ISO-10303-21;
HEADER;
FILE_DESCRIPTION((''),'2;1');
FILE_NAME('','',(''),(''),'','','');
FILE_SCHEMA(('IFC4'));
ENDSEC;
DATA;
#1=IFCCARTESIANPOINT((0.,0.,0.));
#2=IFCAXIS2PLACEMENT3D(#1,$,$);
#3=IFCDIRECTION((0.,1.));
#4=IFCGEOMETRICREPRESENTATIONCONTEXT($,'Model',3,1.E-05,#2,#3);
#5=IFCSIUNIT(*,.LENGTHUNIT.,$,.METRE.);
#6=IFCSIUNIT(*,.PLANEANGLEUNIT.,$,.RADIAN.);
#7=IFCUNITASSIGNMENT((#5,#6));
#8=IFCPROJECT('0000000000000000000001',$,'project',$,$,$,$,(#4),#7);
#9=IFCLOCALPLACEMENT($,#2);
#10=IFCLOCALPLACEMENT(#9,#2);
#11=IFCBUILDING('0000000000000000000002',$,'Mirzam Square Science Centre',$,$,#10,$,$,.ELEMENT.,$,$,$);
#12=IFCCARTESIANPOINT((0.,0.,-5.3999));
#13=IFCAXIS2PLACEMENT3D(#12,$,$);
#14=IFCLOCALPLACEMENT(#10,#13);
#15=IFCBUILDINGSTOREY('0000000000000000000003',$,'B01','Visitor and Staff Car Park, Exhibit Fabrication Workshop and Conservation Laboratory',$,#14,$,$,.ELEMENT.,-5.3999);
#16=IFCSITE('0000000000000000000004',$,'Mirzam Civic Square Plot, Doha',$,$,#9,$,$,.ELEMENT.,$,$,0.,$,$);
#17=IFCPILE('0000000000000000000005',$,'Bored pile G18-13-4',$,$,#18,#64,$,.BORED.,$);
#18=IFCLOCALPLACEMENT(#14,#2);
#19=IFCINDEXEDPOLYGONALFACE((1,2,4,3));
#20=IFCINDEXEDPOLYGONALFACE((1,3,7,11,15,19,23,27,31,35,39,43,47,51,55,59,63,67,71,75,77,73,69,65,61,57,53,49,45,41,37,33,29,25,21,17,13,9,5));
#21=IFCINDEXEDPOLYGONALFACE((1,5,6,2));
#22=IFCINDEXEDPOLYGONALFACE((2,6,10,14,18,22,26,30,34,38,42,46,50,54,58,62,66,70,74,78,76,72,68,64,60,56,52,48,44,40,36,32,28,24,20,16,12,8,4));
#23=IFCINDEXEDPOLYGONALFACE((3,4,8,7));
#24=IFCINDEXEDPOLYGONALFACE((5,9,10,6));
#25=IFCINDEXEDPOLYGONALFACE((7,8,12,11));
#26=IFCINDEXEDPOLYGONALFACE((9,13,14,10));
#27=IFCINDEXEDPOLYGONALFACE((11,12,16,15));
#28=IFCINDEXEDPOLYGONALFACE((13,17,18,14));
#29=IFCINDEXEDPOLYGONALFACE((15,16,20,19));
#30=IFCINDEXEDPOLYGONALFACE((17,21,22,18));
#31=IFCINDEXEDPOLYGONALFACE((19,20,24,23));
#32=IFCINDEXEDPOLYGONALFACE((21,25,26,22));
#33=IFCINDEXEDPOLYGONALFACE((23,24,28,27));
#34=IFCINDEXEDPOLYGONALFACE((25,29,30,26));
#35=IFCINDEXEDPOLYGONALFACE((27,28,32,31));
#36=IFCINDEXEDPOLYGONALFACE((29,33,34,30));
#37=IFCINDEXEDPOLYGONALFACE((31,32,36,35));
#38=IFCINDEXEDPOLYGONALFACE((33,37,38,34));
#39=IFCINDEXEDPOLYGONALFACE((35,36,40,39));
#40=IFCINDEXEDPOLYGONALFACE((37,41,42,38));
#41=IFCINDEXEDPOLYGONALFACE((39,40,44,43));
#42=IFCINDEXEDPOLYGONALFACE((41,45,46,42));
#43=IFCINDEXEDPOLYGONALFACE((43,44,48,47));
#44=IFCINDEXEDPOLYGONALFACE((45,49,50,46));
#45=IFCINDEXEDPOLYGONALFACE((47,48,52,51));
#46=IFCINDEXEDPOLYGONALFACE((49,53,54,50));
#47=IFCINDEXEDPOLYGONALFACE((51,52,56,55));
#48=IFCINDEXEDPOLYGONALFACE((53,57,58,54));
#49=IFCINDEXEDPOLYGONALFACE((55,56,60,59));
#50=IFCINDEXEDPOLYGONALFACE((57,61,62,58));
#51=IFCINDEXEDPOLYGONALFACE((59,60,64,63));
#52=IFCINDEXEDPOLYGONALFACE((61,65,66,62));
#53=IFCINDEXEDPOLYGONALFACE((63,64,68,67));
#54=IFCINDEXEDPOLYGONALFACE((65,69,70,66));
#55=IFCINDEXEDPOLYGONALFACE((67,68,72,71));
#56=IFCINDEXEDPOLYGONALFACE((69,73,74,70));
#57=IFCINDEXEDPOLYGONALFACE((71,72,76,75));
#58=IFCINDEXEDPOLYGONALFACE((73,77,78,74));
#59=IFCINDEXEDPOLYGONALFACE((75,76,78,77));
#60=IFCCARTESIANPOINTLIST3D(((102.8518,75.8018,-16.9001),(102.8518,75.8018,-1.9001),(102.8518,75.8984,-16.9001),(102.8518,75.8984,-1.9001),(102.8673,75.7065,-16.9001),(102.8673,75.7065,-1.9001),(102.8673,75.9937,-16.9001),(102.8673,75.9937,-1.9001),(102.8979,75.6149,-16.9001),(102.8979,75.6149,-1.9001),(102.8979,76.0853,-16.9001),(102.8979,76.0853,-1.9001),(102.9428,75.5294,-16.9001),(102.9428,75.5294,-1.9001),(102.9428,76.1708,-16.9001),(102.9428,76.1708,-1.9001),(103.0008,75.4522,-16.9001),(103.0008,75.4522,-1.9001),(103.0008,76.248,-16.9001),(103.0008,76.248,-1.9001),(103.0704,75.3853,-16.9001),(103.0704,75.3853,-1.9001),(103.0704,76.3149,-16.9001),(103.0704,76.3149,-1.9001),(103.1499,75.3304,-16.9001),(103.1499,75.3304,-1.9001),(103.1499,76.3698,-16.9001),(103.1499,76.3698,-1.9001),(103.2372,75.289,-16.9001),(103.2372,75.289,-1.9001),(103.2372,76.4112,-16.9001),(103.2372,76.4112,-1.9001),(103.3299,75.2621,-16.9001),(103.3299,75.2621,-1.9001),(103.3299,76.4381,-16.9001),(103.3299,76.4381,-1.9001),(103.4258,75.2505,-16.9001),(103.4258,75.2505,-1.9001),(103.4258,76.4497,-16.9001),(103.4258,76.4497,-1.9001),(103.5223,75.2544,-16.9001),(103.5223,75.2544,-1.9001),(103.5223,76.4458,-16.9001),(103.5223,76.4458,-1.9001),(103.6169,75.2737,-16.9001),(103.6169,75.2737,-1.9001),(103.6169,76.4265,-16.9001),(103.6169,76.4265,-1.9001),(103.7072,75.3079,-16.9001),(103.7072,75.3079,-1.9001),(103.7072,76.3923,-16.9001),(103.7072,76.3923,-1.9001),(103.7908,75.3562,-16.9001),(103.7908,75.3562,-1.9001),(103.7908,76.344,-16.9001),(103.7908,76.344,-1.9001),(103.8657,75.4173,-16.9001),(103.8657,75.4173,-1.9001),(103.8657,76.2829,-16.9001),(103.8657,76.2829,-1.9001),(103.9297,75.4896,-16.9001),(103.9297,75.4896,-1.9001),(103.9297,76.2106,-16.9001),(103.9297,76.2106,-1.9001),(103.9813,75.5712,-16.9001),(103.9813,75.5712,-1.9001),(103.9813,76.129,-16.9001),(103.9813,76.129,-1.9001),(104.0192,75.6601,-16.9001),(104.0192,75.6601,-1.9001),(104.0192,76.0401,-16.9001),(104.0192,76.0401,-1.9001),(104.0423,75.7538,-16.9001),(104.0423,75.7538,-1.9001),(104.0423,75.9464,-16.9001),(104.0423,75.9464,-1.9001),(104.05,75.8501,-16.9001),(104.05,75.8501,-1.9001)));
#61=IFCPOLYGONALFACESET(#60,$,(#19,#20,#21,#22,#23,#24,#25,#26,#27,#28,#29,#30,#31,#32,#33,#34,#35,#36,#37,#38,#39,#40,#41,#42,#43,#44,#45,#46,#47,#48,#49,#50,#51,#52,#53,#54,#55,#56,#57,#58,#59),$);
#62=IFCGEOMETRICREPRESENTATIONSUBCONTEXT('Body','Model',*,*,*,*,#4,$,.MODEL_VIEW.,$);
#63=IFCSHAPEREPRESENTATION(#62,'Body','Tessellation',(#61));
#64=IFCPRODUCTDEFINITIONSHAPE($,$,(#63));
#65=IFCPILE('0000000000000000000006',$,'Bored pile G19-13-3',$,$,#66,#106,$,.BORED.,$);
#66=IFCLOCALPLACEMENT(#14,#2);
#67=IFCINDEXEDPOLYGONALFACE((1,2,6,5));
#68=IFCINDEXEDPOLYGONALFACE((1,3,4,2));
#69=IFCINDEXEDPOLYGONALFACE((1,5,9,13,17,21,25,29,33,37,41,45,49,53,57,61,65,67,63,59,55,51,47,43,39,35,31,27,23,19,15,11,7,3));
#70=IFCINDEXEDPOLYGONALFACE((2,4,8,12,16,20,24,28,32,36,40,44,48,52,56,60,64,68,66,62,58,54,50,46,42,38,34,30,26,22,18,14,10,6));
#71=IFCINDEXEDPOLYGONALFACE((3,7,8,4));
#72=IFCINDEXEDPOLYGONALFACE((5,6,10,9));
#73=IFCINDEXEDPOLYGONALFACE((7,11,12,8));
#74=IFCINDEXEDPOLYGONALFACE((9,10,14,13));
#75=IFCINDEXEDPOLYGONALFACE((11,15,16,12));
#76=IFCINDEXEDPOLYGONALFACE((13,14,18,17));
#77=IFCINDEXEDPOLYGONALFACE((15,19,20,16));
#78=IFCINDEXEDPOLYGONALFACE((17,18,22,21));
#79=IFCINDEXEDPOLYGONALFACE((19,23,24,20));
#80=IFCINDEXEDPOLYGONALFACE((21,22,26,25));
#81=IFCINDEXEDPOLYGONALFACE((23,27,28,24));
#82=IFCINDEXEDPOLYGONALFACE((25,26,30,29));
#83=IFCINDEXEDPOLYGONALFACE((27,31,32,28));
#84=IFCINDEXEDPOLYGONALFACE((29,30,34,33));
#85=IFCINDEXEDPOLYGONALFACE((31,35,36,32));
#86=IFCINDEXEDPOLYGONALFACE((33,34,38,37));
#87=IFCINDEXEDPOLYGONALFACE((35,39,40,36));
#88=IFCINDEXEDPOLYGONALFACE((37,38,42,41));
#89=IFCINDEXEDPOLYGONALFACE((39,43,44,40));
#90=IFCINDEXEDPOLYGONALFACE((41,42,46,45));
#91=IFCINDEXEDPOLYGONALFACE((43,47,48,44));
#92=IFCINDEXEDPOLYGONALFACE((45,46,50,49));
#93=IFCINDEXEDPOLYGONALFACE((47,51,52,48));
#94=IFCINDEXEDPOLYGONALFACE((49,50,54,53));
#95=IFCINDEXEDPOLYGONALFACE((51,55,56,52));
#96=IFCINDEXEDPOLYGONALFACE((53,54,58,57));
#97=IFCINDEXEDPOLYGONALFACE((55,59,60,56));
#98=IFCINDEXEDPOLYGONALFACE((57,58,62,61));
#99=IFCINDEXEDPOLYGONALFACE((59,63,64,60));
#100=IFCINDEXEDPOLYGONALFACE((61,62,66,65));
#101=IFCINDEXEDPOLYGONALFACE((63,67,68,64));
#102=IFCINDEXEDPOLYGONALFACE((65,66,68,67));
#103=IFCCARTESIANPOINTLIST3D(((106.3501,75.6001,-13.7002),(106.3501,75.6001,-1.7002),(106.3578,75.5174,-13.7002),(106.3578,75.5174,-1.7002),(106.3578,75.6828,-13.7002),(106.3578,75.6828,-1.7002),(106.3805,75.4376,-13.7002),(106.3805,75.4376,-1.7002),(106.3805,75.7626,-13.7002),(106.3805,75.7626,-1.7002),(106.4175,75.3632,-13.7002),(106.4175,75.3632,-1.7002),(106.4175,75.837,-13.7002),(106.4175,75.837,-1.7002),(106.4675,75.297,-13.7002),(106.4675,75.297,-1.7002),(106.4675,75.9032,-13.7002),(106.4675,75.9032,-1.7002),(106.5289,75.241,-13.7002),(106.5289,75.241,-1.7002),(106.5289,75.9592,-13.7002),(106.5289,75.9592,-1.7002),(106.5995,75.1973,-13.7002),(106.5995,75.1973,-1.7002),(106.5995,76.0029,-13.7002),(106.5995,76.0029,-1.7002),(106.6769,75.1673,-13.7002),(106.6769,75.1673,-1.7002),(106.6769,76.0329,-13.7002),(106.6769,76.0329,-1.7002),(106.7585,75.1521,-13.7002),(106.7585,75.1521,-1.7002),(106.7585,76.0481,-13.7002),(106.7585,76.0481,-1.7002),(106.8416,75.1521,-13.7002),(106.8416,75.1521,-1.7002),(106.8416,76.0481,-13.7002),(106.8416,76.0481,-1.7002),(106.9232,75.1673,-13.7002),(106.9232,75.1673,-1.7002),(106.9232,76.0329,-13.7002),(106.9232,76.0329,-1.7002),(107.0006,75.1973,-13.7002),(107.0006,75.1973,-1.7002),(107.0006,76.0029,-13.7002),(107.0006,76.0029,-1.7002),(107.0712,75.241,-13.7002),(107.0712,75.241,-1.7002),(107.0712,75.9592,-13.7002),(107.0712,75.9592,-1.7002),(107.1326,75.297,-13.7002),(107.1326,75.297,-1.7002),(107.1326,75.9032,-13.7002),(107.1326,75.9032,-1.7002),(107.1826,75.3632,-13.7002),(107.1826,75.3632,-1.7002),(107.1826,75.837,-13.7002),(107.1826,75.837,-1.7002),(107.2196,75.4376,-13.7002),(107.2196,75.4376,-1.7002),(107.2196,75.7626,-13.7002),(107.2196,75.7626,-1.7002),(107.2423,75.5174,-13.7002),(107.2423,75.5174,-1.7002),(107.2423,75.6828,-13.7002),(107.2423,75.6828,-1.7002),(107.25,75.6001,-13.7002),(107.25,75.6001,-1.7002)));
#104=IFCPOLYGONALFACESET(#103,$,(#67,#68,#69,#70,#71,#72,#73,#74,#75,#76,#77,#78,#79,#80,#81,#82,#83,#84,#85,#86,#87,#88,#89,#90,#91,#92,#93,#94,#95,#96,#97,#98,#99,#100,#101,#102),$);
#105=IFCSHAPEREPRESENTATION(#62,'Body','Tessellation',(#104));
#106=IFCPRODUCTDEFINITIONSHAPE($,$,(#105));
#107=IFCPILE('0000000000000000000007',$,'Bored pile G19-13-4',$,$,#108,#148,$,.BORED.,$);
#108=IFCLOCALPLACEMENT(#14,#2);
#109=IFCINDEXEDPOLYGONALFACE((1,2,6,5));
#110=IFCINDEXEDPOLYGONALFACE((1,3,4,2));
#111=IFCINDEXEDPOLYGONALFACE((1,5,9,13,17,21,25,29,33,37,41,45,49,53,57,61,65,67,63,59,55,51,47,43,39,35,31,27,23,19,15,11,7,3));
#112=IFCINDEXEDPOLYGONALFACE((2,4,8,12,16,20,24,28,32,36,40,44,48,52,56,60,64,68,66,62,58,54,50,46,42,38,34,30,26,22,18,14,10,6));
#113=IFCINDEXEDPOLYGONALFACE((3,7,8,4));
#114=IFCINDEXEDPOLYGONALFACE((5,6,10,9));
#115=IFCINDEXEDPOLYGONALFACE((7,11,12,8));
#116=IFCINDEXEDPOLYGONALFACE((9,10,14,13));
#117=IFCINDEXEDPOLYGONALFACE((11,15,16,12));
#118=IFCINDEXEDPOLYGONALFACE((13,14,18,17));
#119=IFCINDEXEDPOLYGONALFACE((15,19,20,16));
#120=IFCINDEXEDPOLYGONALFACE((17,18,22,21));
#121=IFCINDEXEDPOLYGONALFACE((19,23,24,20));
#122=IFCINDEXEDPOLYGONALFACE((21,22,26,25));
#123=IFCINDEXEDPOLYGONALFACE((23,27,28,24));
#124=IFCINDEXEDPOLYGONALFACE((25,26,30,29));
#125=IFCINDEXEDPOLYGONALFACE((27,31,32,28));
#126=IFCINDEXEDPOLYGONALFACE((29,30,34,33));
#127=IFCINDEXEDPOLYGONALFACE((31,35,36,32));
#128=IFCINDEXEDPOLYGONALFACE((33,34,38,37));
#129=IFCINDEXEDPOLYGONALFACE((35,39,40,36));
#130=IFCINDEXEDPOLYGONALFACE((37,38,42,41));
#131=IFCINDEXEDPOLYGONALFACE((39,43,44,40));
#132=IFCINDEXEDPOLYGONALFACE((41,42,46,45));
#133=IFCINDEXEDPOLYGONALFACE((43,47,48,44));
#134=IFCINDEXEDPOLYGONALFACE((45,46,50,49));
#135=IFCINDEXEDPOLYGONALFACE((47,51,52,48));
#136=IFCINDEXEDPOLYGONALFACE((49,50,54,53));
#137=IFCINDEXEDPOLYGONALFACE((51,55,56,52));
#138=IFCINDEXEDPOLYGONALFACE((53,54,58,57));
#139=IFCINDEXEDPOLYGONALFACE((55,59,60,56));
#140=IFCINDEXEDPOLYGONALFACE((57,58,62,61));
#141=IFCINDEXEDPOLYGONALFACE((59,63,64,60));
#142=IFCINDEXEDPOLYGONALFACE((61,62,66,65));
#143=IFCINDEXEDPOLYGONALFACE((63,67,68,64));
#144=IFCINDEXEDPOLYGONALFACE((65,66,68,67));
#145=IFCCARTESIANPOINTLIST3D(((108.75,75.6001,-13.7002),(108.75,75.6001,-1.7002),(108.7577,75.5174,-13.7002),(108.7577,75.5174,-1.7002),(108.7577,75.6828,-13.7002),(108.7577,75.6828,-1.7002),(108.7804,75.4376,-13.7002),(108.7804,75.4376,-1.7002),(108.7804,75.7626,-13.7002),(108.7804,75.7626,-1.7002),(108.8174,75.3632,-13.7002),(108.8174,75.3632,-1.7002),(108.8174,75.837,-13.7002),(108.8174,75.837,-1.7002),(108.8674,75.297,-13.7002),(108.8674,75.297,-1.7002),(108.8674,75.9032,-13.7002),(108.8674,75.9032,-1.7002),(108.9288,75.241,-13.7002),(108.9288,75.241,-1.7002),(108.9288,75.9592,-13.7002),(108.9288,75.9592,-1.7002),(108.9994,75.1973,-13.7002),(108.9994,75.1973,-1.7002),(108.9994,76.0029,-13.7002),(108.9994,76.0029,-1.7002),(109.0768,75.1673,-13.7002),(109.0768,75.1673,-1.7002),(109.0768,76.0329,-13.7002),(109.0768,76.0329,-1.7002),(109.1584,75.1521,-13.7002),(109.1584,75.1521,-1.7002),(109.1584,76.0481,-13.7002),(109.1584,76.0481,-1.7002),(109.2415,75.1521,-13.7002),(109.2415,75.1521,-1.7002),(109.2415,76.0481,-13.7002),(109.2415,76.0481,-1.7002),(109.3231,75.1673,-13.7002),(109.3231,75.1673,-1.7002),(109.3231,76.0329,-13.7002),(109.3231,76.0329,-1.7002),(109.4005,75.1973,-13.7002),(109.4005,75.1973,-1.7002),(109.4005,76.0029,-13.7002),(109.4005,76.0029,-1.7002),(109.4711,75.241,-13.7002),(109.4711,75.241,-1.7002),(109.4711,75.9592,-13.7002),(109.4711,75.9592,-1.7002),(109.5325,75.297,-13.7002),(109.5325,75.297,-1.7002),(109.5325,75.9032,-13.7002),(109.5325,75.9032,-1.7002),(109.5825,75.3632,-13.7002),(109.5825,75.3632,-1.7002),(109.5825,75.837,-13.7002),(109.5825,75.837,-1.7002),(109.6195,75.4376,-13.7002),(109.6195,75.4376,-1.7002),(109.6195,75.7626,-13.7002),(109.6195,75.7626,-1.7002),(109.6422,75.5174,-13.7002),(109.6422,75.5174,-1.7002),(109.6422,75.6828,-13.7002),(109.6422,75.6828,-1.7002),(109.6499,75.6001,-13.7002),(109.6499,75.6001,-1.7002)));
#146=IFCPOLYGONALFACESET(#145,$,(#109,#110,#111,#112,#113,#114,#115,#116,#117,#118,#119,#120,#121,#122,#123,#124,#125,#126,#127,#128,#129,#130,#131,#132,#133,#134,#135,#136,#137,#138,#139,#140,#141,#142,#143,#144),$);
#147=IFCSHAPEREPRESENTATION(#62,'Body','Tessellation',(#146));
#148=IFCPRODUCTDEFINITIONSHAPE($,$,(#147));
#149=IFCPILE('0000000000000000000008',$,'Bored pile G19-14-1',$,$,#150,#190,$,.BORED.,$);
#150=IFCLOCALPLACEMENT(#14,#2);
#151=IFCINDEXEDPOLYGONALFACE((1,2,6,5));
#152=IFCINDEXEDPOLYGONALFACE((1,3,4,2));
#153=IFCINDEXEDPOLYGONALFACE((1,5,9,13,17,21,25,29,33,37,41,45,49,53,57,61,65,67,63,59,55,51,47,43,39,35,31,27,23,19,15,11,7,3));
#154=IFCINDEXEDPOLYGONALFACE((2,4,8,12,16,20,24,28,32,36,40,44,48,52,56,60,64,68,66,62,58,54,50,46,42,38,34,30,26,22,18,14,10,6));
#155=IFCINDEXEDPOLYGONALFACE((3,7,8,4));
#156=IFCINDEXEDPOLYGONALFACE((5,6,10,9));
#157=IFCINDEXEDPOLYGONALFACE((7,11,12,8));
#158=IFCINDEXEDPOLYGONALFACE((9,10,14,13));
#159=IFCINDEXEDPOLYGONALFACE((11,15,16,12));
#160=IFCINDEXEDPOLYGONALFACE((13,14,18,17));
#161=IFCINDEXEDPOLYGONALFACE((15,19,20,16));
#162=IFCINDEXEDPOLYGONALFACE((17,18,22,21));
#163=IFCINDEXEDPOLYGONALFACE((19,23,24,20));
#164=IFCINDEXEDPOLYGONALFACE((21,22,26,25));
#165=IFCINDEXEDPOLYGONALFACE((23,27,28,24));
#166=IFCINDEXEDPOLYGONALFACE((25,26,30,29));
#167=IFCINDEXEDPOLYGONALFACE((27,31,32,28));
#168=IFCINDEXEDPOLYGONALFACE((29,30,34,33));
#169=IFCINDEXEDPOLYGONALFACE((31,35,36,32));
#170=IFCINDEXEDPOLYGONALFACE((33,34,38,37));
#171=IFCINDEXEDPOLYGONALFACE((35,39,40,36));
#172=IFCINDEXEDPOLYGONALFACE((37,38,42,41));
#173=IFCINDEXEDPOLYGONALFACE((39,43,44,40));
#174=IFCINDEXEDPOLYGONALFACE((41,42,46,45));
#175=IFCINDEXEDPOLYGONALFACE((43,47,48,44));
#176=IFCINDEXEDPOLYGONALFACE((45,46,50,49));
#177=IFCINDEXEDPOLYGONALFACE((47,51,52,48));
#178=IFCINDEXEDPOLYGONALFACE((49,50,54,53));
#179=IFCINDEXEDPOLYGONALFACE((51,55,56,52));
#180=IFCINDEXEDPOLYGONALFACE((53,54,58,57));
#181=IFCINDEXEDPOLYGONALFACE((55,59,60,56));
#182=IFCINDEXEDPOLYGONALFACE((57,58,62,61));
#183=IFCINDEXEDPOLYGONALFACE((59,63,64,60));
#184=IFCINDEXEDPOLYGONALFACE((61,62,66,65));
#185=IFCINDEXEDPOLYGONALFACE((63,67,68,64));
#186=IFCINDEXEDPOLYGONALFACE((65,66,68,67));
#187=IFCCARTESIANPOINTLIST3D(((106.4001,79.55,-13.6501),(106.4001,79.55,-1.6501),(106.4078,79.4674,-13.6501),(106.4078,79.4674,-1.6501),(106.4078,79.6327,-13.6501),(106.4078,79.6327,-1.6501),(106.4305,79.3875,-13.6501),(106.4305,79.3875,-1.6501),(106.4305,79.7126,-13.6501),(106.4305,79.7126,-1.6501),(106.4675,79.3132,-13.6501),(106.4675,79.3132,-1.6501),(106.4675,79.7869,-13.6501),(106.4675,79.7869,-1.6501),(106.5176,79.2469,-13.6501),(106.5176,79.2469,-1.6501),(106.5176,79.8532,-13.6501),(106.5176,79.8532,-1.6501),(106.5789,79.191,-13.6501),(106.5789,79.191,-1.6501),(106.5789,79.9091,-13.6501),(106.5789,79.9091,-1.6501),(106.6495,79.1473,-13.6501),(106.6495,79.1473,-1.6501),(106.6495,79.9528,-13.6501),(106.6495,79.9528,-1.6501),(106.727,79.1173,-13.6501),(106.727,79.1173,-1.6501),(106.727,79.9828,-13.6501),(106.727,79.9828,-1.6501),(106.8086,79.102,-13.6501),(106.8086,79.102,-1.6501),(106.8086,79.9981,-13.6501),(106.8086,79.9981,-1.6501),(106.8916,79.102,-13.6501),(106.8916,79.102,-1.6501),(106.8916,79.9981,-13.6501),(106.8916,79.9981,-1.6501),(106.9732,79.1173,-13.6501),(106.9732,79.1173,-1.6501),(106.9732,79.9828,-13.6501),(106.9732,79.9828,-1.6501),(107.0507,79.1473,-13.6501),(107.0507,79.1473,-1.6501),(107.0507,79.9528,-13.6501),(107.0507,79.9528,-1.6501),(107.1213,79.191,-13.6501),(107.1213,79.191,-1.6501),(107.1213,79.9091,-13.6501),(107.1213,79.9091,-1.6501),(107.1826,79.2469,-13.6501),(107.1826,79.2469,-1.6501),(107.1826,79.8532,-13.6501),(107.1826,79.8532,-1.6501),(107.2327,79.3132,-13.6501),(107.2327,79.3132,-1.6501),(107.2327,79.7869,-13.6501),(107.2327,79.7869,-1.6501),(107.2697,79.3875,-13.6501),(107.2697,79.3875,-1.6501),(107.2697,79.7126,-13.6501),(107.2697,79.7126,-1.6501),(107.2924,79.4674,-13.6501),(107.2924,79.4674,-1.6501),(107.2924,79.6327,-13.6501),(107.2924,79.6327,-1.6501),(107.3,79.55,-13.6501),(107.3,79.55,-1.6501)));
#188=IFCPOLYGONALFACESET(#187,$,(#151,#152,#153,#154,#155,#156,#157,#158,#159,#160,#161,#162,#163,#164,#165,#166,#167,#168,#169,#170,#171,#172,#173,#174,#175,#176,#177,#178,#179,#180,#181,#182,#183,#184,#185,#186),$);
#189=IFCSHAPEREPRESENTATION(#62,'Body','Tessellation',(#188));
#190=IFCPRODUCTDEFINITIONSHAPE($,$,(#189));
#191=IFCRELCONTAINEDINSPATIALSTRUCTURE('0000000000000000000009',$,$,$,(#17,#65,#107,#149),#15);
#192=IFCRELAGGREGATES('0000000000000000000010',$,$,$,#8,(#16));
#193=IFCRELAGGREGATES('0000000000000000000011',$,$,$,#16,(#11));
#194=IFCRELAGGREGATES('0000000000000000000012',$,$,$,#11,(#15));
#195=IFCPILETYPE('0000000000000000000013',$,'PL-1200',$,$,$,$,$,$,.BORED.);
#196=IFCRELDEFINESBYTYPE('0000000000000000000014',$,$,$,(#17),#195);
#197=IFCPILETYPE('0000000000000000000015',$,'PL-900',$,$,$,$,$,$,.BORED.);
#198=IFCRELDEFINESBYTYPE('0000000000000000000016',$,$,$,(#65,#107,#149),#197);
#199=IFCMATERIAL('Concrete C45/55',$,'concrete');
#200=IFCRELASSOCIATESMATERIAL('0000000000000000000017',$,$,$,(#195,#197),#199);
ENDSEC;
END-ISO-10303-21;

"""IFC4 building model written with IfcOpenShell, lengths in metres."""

from ifc_helpers import new_model, si_unit, direction, frame, origin, origin_2d, place, context, subcontext, project, spatial, circle, extrude, material, material_profile, profile_set, type_object, element, save


model = new_model("IFC4")

# Units and contexts
model_context = context("Model", 3, precision=1e-05, world=origin(), true_north=direction((0.0, 1.0)))
body_context = subcontext(model_context, "Body", "Model", "MODEL_VIEW")
ifc_project = project(units=[si_unit("LENGTHUNIT", "METRE"), si_unit("PLANEANGLEUNIT", "RADIAN")], contexts=[model_context])

# Site, building, storey
site_placement = place(None, origin())
site = spatial("IfcSite", under=ifc_project, at=site_placement, Name="Mirzam Civic Square Plot, Doha", CompositionType="ELEMENT", RefElevation=0.0)
building_placement = place(site_placement, origin())
building = spatial("IfcBuilding", under=site, at=building_placement, Name="Mirzam Square Science Centre", CompositionType="ELEMENT")
storey_placement = place(building_placement, frame((0.0, 0.0, -5.3999)))
storey = spatial("IfcBuildingStorey", under=building, at=storey_placement, Name="B01", Description="Visitor and Staff Car Park, Exhibit Fabrication Workshop and Conservation Laboratory", CompositionType="ELEMENT", Elevation=-5.3999)

# Shared definitions
ifc_material_1 = material(Name="Concrete C45/55", Category="concrete")

# Piles
ifc_material_profile_1 = material_profile(ifc_material_1, circle(Radius=0.6001, at=origin_2d()), Name="PILE-D1200")
ifc_profile_set_1 = profile_set([ifc_material_profile_1], Name="Concrete C45/55")
pile_type_1 = type_object("IfcPileType", Name="PL-1200", PredefinedType="BORED", material=ifc_profile_set_1)
pile_placement = place(storey_placement, frame((103.45, 75.8501, -1.9001), z_axis=(0.0, 0.0, -1.0), x_axis=(1.0, 0.0, 0.0)))
element("IfcPile", 1, at=pile_placement, inside=storey, type_object=pile_type_1, Name="Bored pile G18-13-4", PredefinedType="BORED", context=body_context, shape_type="SweptSolid", body=[
    extrude(circle(Radius=0.6001, at=origin_2d()), origin(), (0.0, 0.0, 1.0), 15.0),
])
ifc_material_profile_2 = material_profile(ifc_material_1, circle(Radius=0.45, at=origin_2d()), Name="PILE-D900")
ifc_profile_set_2 = profile_set([ifc_material_profile_2], Name="Concrete C45/55")
pile_type_2 = type_object("IfcPileType", Name="PL-900", PredefinedType="BORED", material=ifc_profile_set_2)
for number, where, z_axis, x_axis, name in (
    (2, (106.8, 75.6001, -1.7002), (0.0, 0.0, -1.0), (1.0, 0.0, 0.0), "Bored pile G19-13-3"),
    (3, (109.2, 75.6001, -1.7002), (0.0, 0.0, -1.0), (1.0, 0.0, 0.0), "Bored pile G19-13-4"),
    (4, (106.8501, 79.55, -1.6501), (0.0, 0.0, -1.0), (1.0, 0.0, 0.0), "Bored pile G19-14-1"),
):
    element("IfcPile", number, at=place(storey_placement, frame(where, z_axis=z_axis, x_axis=x_axis)), inside=storey, type_object=pile_type_2, Name=name, PredefinedType="BORED", context=body_context, shape_type="SweptSolid", body=[
        extrude(circle(Radius=0.45, at=origin_2d()), origin(), (0.0, 0.0, 1.0), 12.0),
    ])

save(model, "model.ifc")
